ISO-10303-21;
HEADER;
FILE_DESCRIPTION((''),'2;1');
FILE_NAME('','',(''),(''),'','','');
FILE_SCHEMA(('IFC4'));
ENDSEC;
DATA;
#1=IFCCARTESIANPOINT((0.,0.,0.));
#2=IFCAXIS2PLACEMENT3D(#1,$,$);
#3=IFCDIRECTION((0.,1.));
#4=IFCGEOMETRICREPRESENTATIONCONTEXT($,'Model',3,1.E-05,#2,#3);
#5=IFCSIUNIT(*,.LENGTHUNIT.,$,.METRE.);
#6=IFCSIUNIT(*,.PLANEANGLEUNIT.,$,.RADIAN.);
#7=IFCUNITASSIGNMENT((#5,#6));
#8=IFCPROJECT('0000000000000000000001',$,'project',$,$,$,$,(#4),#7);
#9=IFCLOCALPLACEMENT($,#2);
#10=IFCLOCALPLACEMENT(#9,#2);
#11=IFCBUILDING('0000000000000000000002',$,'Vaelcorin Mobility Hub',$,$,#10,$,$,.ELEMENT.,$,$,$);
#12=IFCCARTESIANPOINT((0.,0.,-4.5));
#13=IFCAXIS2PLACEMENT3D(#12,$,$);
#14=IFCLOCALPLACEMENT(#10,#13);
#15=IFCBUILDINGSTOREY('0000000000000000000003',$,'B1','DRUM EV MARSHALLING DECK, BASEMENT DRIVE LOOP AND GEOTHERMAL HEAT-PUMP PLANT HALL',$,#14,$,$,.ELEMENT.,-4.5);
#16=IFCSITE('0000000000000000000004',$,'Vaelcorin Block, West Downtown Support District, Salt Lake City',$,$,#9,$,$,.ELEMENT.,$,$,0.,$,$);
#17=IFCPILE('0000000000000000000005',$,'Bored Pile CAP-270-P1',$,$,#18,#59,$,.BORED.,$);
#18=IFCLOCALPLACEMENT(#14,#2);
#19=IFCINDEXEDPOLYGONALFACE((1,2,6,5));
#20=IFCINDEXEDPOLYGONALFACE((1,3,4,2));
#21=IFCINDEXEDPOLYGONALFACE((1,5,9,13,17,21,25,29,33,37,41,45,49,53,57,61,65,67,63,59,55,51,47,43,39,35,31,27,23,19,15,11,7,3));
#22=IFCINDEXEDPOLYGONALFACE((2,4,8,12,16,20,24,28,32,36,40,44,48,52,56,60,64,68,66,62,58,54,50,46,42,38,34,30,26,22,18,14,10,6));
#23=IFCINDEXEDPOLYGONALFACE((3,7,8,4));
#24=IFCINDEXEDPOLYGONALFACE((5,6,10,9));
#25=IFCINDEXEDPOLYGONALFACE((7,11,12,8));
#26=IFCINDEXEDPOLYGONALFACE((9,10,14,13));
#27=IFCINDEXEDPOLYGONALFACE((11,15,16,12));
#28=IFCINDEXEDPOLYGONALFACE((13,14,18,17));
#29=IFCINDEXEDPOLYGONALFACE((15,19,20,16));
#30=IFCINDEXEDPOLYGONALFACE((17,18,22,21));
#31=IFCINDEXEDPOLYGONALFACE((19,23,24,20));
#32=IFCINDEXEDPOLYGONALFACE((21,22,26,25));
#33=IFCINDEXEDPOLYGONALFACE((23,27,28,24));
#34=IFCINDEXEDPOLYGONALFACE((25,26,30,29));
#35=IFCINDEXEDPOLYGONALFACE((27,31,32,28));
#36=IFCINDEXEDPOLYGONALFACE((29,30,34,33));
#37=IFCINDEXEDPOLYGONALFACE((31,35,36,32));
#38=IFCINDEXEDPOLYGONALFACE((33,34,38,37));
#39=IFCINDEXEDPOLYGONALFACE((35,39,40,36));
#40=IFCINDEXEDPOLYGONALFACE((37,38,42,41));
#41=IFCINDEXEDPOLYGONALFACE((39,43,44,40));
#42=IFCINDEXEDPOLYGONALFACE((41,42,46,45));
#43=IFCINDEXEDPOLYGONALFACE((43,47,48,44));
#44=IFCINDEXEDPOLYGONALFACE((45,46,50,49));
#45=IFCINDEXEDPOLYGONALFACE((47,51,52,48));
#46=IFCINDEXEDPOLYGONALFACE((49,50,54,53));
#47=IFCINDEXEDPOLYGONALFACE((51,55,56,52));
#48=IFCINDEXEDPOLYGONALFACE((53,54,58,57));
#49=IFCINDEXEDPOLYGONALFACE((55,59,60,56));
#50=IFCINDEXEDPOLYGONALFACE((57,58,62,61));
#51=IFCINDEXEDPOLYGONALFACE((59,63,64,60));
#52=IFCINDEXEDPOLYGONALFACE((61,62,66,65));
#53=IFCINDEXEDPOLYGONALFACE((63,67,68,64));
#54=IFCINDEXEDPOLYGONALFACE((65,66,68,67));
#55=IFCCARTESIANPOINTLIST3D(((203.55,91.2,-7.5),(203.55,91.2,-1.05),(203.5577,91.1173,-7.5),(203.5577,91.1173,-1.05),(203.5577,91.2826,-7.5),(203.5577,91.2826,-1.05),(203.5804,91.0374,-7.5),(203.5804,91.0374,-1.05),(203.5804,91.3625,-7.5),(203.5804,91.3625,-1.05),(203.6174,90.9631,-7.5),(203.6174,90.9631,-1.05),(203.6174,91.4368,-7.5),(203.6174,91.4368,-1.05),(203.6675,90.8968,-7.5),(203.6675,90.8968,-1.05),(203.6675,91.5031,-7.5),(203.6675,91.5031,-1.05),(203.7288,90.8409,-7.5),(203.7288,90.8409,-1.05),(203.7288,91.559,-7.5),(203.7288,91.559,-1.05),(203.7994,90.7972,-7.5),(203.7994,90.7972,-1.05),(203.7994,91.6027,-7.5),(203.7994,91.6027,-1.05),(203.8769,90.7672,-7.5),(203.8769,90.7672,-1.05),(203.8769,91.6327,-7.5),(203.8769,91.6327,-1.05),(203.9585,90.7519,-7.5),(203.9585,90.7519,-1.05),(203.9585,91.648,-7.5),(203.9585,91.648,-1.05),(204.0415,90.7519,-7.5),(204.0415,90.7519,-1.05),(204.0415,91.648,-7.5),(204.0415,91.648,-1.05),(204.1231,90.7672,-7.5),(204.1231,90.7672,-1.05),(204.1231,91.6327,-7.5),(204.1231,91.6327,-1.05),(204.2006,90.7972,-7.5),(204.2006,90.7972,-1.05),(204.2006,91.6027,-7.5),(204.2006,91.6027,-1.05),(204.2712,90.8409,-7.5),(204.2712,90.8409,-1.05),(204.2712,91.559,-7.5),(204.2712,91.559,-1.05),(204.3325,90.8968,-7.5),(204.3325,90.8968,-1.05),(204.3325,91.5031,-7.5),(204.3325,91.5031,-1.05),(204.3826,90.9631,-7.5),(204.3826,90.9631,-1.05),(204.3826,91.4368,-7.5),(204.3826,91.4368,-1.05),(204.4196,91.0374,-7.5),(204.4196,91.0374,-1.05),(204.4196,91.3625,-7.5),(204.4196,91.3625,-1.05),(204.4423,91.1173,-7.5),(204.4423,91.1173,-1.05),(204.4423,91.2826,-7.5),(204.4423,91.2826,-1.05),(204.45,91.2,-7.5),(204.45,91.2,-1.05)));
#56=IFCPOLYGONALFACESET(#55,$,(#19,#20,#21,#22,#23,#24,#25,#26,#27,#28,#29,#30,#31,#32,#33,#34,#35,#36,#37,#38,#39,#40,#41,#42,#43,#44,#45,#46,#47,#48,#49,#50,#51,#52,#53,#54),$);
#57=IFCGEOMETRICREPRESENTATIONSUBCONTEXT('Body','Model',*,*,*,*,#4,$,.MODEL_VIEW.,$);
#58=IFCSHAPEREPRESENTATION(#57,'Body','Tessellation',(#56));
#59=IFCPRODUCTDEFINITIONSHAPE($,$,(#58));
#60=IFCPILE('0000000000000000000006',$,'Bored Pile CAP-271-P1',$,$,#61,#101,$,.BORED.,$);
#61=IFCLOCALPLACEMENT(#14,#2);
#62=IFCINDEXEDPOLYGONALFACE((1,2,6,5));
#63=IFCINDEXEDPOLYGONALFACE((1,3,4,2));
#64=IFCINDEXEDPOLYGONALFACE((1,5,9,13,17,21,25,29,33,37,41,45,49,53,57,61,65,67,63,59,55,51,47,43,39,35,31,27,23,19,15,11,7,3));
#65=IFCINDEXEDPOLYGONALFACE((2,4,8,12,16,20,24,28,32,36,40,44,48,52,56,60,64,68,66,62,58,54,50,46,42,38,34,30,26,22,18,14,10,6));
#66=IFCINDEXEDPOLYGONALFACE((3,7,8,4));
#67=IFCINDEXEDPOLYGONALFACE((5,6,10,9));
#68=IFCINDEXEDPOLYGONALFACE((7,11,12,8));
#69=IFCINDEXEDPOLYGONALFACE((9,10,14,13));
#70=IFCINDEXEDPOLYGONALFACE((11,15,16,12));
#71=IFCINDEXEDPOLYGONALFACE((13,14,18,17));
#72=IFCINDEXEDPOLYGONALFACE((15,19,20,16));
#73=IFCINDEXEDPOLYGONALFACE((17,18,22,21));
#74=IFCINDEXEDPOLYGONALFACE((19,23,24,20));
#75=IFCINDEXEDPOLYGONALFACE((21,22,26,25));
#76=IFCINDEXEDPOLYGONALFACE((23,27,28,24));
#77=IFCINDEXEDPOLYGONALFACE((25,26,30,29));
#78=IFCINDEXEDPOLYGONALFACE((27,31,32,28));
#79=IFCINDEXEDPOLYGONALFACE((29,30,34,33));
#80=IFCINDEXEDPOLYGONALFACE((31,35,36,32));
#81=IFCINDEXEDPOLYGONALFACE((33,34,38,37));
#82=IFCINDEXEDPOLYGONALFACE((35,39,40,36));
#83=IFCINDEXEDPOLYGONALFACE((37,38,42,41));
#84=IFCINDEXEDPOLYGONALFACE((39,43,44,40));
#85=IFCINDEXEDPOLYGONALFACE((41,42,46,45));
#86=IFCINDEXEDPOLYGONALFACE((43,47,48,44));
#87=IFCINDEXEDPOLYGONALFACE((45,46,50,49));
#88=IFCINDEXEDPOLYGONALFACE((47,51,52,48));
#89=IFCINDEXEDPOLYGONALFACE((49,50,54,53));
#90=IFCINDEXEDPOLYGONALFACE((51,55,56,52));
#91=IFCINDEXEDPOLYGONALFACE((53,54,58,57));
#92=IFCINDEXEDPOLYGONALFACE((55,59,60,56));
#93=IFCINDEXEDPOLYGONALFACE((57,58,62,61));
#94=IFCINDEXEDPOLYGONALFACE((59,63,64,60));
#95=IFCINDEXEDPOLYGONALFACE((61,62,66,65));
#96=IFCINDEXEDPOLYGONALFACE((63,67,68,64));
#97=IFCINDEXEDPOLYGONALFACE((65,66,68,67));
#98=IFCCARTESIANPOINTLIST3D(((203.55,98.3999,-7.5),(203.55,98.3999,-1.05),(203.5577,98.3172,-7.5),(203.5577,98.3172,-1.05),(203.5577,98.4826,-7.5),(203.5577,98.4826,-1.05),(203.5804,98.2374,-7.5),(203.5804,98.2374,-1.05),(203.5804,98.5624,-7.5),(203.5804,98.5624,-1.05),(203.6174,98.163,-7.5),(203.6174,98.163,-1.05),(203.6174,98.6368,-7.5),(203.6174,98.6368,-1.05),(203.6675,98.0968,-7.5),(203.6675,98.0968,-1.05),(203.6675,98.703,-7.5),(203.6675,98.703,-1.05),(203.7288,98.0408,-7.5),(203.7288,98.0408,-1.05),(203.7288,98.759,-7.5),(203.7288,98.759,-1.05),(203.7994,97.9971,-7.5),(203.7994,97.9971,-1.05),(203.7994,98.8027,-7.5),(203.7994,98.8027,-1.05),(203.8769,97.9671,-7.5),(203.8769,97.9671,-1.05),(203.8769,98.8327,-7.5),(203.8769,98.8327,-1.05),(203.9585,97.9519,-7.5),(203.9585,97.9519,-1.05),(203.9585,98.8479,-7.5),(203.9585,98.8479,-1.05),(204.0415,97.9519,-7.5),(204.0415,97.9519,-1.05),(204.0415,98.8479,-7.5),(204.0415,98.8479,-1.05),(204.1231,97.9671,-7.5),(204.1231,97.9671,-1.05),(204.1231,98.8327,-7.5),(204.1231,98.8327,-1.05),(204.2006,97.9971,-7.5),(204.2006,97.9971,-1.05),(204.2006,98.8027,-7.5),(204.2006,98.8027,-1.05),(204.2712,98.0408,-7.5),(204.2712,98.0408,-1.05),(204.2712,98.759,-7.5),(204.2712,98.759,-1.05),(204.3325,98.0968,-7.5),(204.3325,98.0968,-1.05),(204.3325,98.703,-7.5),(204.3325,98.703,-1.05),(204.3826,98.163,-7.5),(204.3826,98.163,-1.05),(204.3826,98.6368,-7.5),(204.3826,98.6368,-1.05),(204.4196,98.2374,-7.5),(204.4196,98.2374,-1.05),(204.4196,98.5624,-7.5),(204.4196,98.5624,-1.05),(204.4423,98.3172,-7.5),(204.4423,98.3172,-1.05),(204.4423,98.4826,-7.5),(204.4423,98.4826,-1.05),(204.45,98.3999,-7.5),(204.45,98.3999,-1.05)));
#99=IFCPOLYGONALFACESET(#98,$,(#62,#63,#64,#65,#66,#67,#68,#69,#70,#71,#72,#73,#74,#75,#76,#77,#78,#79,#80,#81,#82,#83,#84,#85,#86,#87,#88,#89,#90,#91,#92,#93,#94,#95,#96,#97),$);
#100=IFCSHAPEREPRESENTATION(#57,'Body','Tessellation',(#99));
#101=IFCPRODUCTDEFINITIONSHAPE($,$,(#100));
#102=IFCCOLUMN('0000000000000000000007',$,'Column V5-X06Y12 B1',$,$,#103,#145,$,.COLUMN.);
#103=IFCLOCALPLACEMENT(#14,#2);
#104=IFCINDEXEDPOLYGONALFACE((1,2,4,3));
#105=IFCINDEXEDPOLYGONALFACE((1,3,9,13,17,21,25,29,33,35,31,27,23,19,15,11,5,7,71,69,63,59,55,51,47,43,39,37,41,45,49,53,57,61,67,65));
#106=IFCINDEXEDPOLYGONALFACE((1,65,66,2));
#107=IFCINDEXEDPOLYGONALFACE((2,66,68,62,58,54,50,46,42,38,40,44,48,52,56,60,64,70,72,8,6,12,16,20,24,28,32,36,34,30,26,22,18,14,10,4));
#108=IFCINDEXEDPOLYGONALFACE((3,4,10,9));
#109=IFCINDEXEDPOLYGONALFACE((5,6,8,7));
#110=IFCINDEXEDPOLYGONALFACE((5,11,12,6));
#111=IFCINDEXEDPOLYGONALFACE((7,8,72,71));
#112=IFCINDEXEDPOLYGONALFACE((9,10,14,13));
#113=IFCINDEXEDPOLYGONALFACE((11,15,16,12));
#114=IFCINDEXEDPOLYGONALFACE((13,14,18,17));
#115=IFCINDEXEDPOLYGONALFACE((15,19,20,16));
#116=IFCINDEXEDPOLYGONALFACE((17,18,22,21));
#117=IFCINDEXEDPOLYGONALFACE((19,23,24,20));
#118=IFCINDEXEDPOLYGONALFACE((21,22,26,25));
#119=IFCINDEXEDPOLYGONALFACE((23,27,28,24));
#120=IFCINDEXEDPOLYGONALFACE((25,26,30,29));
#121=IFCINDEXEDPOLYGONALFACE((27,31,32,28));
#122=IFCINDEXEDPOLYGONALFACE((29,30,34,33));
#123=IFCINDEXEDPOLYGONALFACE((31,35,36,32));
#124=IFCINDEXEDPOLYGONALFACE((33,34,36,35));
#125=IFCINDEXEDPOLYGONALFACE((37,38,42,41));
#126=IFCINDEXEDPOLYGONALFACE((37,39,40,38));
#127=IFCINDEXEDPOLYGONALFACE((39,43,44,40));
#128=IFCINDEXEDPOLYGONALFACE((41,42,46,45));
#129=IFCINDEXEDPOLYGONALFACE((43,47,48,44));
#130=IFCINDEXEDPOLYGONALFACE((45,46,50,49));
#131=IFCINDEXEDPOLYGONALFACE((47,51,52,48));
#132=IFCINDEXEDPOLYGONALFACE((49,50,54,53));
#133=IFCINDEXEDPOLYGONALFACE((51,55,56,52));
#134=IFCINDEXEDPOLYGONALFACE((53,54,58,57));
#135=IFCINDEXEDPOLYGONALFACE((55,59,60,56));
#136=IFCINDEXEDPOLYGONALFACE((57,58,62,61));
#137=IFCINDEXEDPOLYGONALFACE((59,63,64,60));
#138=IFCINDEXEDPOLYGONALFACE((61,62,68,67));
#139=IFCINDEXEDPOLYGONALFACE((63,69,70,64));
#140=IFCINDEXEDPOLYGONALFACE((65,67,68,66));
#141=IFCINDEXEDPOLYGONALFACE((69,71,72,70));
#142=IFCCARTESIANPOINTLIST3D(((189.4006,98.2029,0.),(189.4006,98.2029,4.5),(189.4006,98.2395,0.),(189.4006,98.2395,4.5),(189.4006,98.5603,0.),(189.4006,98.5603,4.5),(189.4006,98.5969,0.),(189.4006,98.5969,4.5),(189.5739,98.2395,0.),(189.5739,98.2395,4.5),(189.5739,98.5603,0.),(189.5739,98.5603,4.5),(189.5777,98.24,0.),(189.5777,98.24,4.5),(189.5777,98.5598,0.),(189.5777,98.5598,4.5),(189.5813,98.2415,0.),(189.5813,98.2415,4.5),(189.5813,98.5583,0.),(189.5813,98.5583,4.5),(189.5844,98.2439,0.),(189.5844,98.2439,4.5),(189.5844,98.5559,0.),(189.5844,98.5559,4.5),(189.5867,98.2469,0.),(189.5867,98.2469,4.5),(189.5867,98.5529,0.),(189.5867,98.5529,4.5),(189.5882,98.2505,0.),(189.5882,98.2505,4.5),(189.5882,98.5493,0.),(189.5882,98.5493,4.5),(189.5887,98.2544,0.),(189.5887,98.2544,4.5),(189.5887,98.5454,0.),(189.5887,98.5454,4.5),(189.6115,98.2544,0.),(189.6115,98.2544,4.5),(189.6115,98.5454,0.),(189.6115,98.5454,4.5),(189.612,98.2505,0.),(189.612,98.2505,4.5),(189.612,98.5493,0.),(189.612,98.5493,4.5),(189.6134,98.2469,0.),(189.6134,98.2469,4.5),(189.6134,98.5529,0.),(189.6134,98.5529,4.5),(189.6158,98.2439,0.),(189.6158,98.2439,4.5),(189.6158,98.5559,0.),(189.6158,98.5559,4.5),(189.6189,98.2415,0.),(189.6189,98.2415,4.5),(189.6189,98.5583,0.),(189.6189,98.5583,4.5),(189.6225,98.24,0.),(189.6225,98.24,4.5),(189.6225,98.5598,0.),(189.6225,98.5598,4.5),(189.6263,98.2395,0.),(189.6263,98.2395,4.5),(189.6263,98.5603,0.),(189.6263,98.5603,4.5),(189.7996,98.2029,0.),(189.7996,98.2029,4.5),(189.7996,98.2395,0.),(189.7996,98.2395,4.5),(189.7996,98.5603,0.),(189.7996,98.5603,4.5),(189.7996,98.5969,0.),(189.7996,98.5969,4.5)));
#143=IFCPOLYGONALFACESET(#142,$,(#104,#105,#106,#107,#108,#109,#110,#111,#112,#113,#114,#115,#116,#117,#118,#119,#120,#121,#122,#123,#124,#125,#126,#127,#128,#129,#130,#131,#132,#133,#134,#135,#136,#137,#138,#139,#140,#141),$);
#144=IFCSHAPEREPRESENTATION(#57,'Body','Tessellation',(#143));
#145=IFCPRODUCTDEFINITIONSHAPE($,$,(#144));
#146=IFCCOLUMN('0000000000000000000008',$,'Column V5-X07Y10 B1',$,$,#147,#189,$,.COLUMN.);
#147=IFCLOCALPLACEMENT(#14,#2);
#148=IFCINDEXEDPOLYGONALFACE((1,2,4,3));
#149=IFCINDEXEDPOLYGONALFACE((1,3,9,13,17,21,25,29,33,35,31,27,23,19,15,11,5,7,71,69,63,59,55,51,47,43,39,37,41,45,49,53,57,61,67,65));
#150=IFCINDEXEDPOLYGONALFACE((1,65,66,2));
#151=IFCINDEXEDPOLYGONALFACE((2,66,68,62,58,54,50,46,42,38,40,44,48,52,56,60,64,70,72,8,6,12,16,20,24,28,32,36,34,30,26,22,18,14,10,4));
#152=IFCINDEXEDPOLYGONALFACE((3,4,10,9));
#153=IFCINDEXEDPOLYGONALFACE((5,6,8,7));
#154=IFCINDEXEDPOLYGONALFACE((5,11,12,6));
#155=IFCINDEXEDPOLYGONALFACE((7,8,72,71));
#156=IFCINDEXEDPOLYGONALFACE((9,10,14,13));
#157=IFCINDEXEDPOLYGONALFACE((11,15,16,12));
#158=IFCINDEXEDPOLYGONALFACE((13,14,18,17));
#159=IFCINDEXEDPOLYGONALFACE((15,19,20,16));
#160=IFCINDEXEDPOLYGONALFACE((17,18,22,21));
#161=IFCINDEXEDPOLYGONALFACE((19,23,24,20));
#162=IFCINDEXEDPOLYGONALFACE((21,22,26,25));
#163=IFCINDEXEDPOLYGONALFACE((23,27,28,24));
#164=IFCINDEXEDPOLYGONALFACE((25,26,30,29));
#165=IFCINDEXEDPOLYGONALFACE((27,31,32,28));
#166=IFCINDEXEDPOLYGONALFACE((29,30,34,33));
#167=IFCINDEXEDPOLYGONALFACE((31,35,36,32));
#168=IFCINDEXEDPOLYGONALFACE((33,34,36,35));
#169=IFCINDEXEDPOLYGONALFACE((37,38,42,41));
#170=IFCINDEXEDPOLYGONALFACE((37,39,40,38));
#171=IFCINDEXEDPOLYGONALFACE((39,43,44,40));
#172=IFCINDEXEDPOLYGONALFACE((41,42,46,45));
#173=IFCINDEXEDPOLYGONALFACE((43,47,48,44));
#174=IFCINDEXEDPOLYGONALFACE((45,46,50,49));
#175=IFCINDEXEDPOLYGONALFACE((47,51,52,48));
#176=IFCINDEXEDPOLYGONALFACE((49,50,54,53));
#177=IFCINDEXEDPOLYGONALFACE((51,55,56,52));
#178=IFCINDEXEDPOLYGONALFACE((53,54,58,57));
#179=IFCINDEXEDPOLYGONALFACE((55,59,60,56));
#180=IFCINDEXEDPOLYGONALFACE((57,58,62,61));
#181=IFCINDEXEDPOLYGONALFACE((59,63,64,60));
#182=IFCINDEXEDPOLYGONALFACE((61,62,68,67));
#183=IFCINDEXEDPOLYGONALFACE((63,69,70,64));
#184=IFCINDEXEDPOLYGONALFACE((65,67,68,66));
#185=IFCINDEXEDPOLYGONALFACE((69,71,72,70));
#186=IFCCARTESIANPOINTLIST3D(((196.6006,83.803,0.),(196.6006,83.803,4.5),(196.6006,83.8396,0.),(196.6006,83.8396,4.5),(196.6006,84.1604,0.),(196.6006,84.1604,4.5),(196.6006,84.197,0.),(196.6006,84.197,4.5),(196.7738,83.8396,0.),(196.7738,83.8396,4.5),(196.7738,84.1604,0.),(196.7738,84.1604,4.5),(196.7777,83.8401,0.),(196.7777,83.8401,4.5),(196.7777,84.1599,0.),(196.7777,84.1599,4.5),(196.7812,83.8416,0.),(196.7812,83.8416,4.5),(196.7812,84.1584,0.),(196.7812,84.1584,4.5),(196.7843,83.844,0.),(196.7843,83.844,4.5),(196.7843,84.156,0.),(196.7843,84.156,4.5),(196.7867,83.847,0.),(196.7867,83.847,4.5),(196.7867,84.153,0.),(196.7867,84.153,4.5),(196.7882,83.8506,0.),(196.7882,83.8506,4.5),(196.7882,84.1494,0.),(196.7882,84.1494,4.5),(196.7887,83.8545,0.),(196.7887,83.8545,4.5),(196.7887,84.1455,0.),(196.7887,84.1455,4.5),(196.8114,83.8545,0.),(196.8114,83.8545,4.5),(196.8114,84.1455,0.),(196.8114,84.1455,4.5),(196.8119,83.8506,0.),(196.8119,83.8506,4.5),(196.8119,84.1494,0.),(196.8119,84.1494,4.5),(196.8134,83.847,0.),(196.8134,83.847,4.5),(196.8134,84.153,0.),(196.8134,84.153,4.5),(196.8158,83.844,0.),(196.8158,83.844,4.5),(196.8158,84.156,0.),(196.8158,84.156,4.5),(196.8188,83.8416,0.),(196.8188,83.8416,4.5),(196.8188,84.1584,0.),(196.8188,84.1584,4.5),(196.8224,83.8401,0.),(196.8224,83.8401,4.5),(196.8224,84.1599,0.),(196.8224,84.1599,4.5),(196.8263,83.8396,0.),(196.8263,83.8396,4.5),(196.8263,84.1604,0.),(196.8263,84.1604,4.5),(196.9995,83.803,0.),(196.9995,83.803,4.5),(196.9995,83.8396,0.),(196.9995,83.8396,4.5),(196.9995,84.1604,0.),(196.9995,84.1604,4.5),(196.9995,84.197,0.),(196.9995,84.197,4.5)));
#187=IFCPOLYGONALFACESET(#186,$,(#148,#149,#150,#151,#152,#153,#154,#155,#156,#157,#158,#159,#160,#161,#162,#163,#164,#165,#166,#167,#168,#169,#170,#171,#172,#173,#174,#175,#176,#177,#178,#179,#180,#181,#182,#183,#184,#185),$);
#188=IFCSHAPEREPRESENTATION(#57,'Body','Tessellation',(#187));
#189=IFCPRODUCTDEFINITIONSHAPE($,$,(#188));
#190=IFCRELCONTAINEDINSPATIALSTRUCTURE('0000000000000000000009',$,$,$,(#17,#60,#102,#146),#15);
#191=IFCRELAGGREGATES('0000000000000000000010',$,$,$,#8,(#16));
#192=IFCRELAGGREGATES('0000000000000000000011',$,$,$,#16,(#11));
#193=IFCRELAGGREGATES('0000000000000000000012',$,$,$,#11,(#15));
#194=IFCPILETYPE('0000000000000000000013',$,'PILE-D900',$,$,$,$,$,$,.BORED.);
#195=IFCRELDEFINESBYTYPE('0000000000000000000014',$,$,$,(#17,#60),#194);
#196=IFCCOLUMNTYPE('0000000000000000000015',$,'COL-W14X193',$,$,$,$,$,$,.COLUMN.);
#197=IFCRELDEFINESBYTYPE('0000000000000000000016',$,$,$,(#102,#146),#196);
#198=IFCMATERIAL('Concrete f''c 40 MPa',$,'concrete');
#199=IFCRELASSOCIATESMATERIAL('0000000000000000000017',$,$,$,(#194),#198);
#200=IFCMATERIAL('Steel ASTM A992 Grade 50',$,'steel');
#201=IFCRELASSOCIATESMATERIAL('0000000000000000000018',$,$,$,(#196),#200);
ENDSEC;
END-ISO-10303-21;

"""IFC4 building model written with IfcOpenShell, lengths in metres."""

from ifc_helpers import new_model, si_unit, direction, frame, origin, origin_2d, place, context, subcontext, project, spatial, circle, i_section, extrude, material, material_profile, profile_set, type_object, element, save


model = new_model("IFC4")

# Units and contexts
model_context = context("Model", 3, precision=1e-05, world=origin(), true_north=direction((0.0, 1.0)))
body_context = subcontext(model_context, "Body", "Model", "MODEL_VIEW")
ifc_project = project(units=[si_unit("LENGTHUNIT", "METRE"), si_unit("PLANEANGLEUNIT", "RADIAN")], contexts=[model_context])

# Site, building, storey
site_placement = place(None, origin())
site = spatial("IfcSite", under=ifc_project, at=site_placement, Name="Vaelcorin Block, West Downtown Support District, Salt Lake City", CompositionType="ELEMENT", RefElevation=0.0)
building_placement = place(site_placement, origin())
building = spatial("IfcBuilding", under=site, at=building_placement, Name="Vaelcorin Mobility Hub", CompositionType="ELEMENT")
storey_placement = place(building_placement, frame((0.0, 0.0, -4.5)))
storey = spatial("IfcBuildingStorey", under=building, at=storey_placement, Name="B1", Description="DRUM EV MARSHALLING DECK, BASEMENT DRIVE LOOP AND GEOTHERMAL HEAT-PUMP PLANT HALL", CompositionType="ELEMENT", Elevation=-4.5)

# Shared definitions
ifc_material_1 = material(Name="Concrete f'c 40 MPa", Category="concrete")

# Piles
ifc_material_profile_1 = material_profile(ifc_material_1, circle(Radius=0.45, at=origin_2d()), Name="BP-D900")
ifc_profile_set_1 = profile_set([ifc_material_profile_1], Name="Concrete f'c 40 MPa")
pile_type_1 = type_object("IfcPileType", Name="PILE-D900", PredefinedType="BORED", material=ifc_profile_set_1)
for number, where, z_axis, x_axis, name in (
    (1, (204.0, 91.2, -1.05), (0.0, 0.0, -1.0), (1.0, 0.0, 0.0), "Bored Pile CAP-270-P1"),
    (2, (204.0, 98.3999, -1.05), (0.0, 0.0, -1.0), (1.0, 0.0, 0.0), "Bored Pile CAP-271-P1"),
):
    element("IfcPile", number, at=place(storey_placement, frame(where, z_axis=z_axis, x_axis=x_axis)), inside=storey, type_object=pile_type_1, Name=name, PredefinedType="BORED", context=body_context, shape_type="SweptSolid", body=[
        extrude(circle(Radius=0.45, at=origin_2d()), origin(), (0.0, 0.0, 1.0), 6.45),
    ])

# Columns
ifc_material_2 = material(Name="Steel ASTM A992 Grade 50", Category="steel")
ifc_material_profile_2 = material_profile(ifc_material_2, i_section(OverallWidth=0.3989, OverallDepth=0.394, WebThickness=0.0227, FlangeThickness=0.0366, FilletRadius=0.0149, at=origin_2d()), Name="W14X193")
ifc_profile_set_2 = profile_set([ifc_material_profile_2], Name="Steel ASTM A992 Grade 50")
column_type = type_object("IfcColumnType", Name="COL-W14X193", PredefinedType="COLUMN", material=ifc_profile_set_2)
for number, where, z_axis, x_axis, name in (
    (3, (189.6001, 98.3999, 0.0), (0.0, 0.0, 1.0), (1.0, 0.0, 0.0), "Column V5-X06Y12 B1"),
    (4, (196.8, 84.0, 0.0), (0.0, 0.0, 1.0), (1.0, 0.0, 0.0), "Column V5-X07Y10 B1"),
):
    element("IfcColumn", number, at=place(storey_placement, frame(where, z_axis=z_axis, x_axis=x_axis)), inside=storey, type_object=column_type, Name=name, PredefinedType="COLUMN", context=body_context, shape_type="SweptSolid", body=[
        extrude(i_section(OverallWidth=0.3989, OverallDepth=0.394, WebThickness=0.0227, FlangeThickness=0.0366, FilletRadius=0.0149, at=origin_2d()), origin(), (0.0, 0.0, 1.0), 4.5),
    ])

save(model, "model.ifc")
